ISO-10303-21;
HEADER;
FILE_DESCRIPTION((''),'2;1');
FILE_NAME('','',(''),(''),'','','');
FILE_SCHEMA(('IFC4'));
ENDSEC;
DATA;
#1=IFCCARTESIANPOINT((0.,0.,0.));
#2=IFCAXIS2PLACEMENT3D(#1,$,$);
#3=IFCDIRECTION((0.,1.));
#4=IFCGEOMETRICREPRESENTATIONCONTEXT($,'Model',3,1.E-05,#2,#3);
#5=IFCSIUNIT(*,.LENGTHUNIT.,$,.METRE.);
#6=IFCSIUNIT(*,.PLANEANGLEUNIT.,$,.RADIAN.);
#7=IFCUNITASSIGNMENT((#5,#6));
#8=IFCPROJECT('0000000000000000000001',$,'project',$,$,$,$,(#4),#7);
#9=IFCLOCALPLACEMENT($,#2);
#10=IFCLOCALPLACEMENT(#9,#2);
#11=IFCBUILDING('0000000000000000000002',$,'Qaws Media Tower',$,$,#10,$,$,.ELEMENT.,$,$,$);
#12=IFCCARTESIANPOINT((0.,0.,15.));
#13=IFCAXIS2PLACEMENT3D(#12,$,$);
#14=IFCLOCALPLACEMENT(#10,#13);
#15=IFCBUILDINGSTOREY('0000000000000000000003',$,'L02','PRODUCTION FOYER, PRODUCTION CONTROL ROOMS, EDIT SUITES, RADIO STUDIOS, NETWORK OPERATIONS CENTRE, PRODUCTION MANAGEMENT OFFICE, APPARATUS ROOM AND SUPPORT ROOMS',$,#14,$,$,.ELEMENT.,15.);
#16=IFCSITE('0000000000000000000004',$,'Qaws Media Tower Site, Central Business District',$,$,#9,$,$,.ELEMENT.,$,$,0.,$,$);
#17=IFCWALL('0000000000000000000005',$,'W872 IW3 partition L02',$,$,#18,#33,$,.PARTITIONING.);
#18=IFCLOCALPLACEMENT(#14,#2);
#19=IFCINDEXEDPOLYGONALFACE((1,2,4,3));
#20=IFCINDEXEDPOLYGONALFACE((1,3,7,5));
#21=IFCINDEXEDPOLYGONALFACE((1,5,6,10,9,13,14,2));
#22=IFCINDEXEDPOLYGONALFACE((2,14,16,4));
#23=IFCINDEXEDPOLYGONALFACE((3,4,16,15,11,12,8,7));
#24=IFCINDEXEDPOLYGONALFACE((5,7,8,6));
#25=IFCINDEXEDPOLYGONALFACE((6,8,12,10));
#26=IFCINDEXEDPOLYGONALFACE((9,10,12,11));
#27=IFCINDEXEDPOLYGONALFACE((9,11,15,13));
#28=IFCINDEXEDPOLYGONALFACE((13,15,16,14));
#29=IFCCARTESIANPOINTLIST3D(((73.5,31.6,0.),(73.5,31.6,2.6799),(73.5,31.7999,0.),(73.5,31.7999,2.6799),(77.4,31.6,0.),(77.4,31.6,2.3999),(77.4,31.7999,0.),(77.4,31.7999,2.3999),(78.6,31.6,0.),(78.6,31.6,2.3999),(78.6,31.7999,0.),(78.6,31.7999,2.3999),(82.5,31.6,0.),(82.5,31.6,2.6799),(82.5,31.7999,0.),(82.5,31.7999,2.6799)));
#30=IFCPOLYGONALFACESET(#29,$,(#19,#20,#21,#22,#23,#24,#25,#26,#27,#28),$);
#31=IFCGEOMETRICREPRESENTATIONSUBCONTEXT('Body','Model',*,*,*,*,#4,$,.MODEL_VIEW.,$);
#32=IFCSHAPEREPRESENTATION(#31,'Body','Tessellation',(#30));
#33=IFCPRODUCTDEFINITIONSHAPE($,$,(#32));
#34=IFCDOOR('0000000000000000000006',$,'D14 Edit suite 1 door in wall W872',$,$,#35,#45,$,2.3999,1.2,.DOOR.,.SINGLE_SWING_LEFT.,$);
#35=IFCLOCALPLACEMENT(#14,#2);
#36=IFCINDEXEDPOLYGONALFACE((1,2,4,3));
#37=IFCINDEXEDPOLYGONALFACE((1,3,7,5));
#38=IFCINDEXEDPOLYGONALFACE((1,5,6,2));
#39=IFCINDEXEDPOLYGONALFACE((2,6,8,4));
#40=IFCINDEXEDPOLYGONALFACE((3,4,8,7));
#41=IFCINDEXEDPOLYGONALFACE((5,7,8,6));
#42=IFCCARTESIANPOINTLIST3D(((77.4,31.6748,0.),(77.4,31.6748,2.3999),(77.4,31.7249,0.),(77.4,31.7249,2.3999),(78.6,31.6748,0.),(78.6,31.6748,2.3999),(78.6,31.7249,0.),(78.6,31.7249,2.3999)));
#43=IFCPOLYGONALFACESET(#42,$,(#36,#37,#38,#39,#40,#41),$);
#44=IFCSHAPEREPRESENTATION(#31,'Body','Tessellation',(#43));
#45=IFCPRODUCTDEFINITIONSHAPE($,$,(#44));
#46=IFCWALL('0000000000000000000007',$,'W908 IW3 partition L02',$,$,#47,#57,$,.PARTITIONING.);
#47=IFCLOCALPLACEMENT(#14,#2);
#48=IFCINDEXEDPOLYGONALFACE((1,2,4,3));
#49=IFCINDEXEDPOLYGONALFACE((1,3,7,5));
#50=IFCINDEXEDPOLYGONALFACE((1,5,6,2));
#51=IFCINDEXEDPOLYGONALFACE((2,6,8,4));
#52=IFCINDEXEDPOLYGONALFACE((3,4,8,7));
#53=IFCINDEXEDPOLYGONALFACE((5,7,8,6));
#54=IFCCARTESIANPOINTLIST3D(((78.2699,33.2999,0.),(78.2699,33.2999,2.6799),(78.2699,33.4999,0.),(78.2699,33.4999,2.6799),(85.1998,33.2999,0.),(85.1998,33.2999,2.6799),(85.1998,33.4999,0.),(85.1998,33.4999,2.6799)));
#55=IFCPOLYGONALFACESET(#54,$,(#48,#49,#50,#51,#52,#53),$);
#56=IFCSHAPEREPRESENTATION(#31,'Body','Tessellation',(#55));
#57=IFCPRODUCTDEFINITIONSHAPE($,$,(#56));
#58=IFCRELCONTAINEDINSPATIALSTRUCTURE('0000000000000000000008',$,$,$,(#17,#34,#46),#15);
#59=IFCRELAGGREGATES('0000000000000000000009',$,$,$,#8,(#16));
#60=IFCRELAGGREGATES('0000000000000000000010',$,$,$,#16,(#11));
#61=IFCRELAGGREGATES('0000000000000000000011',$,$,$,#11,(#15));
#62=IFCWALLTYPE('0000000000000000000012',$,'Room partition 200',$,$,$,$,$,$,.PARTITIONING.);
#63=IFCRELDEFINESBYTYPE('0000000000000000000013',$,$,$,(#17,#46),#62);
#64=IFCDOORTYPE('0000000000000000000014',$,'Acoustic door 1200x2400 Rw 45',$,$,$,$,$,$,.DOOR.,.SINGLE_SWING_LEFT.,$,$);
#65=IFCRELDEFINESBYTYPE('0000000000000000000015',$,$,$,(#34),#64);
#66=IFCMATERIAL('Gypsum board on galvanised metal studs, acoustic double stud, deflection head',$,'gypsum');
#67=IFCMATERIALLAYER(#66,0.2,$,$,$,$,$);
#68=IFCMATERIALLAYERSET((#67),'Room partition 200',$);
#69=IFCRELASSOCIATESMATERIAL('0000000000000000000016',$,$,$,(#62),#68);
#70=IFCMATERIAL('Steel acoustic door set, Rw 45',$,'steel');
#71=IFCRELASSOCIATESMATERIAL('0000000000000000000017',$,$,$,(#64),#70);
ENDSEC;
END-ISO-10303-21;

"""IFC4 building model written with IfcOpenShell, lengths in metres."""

from ifc_helpers import new_model, si_unit, direction, frame, frame_2d, origin, place, context, subcontext, project, spatial, rectangle, extrude, material, layer, layer_set, type_object, element, fill, save


model = new_model("IFC4")

# Units and contexts
model_context = context("Model", 3, precision=1e-05, world=origin(), true_north=direction((0.0, 1.0)))
body_context = subcontext(model_context, "Body", "Model", "MODEL_VIEW")
ifc_project = project(units=[si_unit("LENGTHUNIT", "METRE"), si_unit("PLANEANGLEUNIT", "RADIAN")], contexts=[model_context])

# Site, building, storey
site_placement = place(None, origin())
site = spatial("IfcSite", under=ifc_project, at=site_placement, Name="Qaws Media Tower Site, Central Business District", CompositionType="ELEMENT", RefElevation=0.0)
building_placement = place(site_placement, origin())
building = spatial("IfcBuilding", under=site, at=building_placement, Name="Qaws Media Tower", CompositionType="ELEMENT")
storey_placement = place(building_placement, frame((0.0, 0.0, 15.0)))
storey = spatial("IfcBuildingStorey", under=building, at=storey_placement, Name="L02", Description="PRODUCTION FOYER, PRODUCTION CONTROL ROOMS, EDIT SUITES, RADIO STUDIOS, NETWORK OPERATIONS CENTRE, PRODUCTION MANAGEMENT OFFICE, APPARATUS ROOM AND SUPPORT ROOMS", CompositionType="ELEMENT", Elevation=15.0)

# Shared definitions
ifc_material_1 = material(Name="Gypsum board on galvanised metal studs, acoustic double stud, deflection head", Category="gypsum")
ifc_layer = layer(ifc_material_1, 0.2)
ifc_layer_set = layer_set([ifc_layer], Name="Room partition 200")
wall_type = type_object("IfcWallType", Name="Room partition 200", PredefinedType="PARTITIONING", material=ifc_layer_set)

# Wall, opening, door
wall_1_placement = place(storey_placement, frame((73.5, 31.7, 0.0), z_axis=(0.0, 0.0, 1.0), x_axis=(1.0, 0.0, 0.0)))
wall_1 = element("IfcWall", 1, at=wall_1_placement, inside=storey, type_object=wall_type, Name="W872 IW3 partition L02", PredefinedType="PARTITIONING", context=body_context, shape_type="SweptSolid", body=[
    extrude(rectangle(XDim=9.0, YDim=0.2, at=frame_2d((4.5, 0.0))), origin(), (0.0, 0.0, 1.0), 2.6799),
])
opening_placement = place(wall_1_placement, frame((3.8999, 0.0, 0.0)))
opening = element("IfcOpeningElement", 2, at=opening_placement, cuts=wall_1, PredefinedType="OPENING", context=body_context, shape_type="SweptSolid", body=[
    extrude(rectangle(XDim=1.2, YDim=2.3999, at=frame_2d((0.6001, 1.2))), frame((0.0, 0.1099, 0.0), z_axis=(0.0, -1.0, 0.0), x_axis=(1.0, 0.0, 0.0)), (0.0, 0.0, 1.0), 0.22),
])
ifc_material_2 = material(Name="Steel acoustic door set, Rw 45", Category="steel")
door_type = type_object("IfcDoorType", Name="Acoustic door 1200x2400 Rw 45", OperationType="SINGLE_SWING_LEFT", PredefinedType="DOOR", material=ifc_material_2)
door_placement = place(opening_placement, origin())
door = element("IfcDoor", 3, at=door_placement, inside=storey, type_object=door_type, Name="D14 Edit suite 1 door in wall W872", OperationType="SINGLE_SWING_LEFT", OverallHeight=2.3999, OverallWidth=1.2, PredefinedType="DOOR", context=body_context, shape_type="SweptSolid", body=[
    extrude(rectangle(XDim=1.2, YDim=2.3999, at=frame_2d((0.6001, 1.2))), frame((0.0, 0.0249, 0.0), z_axis=(0.0, -1.0, 0.0), x_axis=(1.0, 0.0, 0.0)), (0.0, 0.0, 1.0), 0.05),
])
fill(opening, door)

# Wall
wall_2_placement = place(storey_placement, frame((78.27, 33.3999, 0.0), z_axis=(0.0, 0.0, 1.0), x_axis=(1.0, 0.0, 0.0)))
element("IfcWall", 4, at=wall_2_placement, inside=storey, type_object=wall_type, Name="W908 IW3 partition L02", PredefinedType="PARTITIONING", context=body_context, shape_type="SweptSolid", body=[
    extrude(rectangle(XDim=6.9299, YDim=0.2, at=frame_2d((3.4648, 0.0))), origin(), (0.0, 0.0, 1.0), 2.6799),
])

save(model, "model.ifc")
